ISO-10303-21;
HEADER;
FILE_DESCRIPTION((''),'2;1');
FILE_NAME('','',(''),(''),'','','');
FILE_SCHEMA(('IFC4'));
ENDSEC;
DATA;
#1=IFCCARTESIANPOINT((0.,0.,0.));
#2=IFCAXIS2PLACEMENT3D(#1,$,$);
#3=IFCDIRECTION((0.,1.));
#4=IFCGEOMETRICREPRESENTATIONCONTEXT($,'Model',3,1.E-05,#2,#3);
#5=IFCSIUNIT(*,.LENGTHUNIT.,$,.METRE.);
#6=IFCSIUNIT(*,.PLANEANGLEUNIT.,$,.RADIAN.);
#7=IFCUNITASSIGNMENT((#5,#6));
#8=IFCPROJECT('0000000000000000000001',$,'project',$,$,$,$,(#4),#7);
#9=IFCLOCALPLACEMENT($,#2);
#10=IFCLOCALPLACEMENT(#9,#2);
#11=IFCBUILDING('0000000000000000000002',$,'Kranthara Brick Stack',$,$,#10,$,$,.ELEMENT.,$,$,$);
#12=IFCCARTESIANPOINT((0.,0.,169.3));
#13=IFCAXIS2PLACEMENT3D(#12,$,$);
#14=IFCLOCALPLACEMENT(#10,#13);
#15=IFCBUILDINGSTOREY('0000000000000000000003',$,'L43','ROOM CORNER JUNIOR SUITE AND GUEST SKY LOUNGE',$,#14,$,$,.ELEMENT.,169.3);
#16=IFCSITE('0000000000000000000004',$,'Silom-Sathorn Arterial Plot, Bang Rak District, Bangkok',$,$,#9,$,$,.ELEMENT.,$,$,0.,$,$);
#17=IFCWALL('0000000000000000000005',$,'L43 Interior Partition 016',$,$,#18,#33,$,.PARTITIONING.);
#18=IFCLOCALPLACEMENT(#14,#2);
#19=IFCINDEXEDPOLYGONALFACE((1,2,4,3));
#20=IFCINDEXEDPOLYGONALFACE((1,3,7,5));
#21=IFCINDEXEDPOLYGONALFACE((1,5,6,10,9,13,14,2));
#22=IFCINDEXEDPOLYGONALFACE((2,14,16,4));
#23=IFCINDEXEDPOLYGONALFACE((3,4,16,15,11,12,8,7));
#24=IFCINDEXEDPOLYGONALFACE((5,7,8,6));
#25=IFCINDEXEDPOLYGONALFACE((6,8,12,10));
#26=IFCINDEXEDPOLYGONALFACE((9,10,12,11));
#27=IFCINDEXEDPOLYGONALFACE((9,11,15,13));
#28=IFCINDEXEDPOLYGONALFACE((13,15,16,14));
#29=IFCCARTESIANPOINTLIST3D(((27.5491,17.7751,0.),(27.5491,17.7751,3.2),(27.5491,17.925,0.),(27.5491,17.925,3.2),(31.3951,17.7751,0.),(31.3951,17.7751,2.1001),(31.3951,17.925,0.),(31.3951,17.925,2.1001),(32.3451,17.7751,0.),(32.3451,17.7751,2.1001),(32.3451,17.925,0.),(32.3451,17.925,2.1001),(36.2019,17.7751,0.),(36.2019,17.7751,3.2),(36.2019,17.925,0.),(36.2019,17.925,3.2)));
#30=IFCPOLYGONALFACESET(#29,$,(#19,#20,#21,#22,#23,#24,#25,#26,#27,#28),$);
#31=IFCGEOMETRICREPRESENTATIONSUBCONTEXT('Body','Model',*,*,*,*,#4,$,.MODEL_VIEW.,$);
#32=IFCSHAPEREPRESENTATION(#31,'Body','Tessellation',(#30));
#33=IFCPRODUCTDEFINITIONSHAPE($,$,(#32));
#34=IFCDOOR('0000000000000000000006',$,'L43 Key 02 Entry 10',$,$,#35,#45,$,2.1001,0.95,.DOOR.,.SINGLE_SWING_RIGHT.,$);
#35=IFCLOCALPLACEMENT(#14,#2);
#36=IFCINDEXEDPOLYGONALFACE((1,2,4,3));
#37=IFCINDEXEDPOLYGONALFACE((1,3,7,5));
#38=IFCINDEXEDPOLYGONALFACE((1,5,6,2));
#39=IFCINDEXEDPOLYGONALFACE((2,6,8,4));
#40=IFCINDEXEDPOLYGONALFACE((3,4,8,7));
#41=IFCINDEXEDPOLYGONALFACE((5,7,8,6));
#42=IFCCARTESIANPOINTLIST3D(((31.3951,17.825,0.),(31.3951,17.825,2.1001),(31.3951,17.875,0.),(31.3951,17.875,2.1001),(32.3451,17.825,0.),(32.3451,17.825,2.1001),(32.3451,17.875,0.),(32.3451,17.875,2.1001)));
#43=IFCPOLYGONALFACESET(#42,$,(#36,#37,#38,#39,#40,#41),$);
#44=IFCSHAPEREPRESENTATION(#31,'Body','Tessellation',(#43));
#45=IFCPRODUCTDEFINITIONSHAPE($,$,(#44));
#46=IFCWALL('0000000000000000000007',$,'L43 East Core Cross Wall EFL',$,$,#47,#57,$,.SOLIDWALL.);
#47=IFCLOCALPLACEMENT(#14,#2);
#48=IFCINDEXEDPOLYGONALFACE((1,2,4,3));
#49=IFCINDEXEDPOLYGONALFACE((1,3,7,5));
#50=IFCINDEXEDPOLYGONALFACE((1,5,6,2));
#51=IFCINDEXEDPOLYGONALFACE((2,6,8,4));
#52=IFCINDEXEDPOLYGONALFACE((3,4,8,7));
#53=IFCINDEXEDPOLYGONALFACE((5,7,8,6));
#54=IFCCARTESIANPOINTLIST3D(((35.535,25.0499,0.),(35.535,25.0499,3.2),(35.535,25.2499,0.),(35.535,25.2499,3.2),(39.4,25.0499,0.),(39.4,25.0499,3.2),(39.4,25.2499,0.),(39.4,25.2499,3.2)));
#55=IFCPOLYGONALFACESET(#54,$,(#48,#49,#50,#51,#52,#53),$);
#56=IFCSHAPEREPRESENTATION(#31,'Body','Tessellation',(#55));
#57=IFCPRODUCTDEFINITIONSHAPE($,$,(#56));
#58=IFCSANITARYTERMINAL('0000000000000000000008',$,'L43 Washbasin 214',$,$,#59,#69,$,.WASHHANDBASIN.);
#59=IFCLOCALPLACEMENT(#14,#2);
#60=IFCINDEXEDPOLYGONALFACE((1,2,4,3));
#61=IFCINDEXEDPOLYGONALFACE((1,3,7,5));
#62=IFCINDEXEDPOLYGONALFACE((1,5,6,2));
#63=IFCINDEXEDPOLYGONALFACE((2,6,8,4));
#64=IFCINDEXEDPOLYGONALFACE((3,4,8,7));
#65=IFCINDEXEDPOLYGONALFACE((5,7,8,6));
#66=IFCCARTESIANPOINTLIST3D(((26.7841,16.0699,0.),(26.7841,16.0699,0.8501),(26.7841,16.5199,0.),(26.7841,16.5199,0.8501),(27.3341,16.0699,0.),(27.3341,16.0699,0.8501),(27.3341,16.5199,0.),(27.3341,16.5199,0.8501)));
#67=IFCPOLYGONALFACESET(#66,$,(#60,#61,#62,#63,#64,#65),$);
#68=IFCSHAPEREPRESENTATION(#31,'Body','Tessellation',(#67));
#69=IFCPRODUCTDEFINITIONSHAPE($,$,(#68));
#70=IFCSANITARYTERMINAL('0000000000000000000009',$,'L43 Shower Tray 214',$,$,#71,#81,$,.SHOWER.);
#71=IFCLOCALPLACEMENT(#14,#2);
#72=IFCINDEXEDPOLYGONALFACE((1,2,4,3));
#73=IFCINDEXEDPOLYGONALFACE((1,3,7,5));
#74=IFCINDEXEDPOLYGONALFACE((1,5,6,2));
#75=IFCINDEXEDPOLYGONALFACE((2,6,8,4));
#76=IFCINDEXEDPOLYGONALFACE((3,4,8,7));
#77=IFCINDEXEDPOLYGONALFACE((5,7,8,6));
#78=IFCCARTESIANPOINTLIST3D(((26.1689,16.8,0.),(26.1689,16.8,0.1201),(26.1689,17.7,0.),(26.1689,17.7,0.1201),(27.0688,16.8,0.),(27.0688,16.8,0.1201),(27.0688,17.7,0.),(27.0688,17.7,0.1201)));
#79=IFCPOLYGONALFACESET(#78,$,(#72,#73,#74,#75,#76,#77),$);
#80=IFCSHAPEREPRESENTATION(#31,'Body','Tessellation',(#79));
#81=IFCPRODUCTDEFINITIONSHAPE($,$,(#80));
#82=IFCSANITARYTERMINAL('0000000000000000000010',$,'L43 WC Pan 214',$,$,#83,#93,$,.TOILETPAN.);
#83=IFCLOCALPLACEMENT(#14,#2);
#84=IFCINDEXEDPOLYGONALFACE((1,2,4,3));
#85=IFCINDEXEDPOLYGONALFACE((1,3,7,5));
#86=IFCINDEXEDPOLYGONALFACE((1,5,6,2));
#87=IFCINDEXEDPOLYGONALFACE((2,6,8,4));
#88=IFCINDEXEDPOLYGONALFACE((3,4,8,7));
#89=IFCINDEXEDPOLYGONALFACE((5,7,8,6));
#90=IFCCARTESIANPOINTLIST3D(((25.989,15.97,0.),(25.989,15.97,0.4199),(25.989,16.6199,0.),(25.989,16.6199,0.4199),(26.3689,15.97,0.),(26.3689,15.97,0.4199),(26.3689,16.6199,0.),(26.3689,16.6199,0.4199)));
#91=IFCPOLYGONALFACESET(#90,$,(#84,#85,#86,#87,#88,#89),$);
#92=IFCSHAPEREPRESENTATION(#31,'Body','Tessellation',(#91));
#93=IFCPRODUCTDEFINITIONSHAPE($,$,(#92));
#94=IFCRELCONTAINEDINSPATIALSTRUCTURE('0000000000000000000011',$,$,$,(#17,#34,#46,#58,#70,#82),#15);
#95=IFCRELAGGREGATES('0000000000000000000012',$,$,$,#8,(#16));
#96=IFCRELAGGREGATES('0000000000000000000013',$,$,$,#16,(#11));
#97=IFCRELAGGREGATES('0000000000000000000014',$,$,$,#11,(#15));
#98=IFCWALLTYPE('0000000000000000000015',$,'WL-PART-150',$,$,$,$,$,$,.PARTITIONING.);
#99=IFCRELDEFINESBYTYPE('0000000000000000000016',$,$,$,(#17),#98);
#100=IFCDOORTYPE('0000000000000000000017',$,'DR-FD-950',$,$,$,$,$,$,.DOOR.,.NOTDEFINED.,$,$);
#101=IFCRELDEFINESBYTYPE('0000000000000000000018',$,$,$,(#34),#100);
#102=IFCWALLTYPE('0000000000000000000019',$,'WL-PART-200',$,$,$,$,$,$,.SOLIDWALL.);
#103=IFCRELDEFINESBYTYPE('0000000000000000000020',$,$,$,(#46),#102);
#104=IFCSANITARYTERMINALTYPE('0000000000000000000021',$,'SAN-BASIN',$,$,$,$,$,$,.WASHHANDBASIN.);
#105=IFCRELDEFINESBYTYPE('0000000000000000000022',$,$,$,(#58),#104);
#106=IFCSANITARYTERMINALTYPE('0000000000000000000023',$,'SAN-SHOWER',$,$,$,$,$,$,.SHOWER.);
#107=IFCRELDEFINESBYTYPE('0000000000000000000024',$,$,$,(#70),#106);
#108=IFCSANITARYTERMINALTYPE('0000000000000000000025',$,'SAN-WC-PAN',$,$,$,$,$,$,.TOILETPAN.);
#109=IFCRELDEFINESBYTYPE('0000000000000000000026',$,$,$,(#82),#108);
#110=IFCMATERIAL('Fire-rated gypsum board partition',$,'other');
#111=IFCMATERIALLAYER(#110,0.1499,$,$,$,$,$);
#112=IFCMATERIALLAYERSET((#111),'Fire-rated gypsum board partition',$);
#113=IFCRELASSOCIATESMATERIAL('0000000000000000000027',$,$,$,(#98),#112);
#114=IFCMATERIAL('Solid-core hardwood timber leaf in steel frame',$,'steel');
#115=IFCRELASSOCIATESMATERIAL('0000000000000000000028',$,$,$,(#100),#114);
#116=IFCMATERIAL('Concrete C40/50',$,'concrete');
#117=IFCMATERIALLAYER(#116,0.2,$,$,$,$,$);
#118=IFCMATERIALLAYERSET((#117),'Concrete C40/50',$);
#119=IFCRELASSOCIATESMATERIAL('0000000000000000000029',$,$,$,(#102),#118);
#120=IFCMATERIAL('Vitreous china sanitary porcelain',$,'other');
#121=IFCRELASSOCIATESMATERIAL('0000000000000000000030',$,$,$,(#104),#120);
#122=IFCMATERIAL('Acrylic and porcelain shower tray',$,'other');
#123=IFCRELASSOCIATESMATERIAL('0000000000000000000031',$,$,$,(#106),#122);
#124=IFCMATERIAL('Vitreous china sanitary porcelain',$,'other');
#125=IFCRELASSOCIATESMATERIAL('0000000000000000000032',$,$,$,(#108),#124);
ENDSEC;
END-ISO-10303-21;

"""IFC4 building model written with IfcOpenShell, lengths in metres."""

from ifc_helpers import new_model, si_unit, direction, frame, frame_2d, origin, origin_2d, place, context, subcontext, project, spatial, rectangle, extrude, material, layer, layer_set, type_object, element, fill, save


model = new_model("IFC4")

# Units and contexts
model_context = context("Model", 3, precision=1e-05, world=origin(), true_north=direction((0.0, 1.0)))
body_context = subcontext(model_context, "Body", "Model", "MODEL_VIEW")
ifc_project = project(units=[si_unit("LENGTHUNIT", "METRE"), si_unit("PLANEANGLEUNIT", "RADIAN")], contexts=[model_context])

# Site, building, storey
site_placement = place(None, origin())
site = spatial("IfcSite", under=ifc_project, at=site_placement, Name="Silom-Sathorn Arterial Plot, Bang Rak District, Bangkok", CompositionType="ELEMENT", RefElevation=0.0)
building_placement = place(site_placement, origin())
building = spatial("IfcBuilding", under=site, at=building_placement, Name="Kranthara Brick Stack", CompositionType="ELEMENT")
storey_placement = place(building_placement, frame((0.0, 0.0, 169.3)))
storey = spatial("IfcBuildingStorey", under=building, at=storey_placement, Name="L43", Description="ROOM CORNER JUNIOR SUITE AND GUEST SKY LOUNGE", CompositionType="ELEMENT", Elevation=169.3)

# Shared definitions
ifc_material_1 = material(Name="Fire-rated gypsum board partition", Category="other")
ifc_layer_1 = layer(ifc_material_1, 0.1499)
ifc_layer_set_1 = layer_set([ifc_layer_1], Name="Fire-rated gypsum board partition")
wall_type_1 = type_object("IfcWallType", Name="WL-PART-150", PredefinedType="PARTITIONING", material=ifc_layer_set_1)

# Wall, opening, door
wall_1_placement = place(storey_placement, frame((27.5491, 17.8501, 0.0), z_axis=(0.0, 0.0, 1.0), x_axis=(1.0, 0.0, 0.0)))
wall_1 = element("IfcWall", 1, at=wall_1_placement, inside=storey, type_object=wall_type_1, Name="L43 Interior Partition 016", PredefinedType="PARTITIONING", context=body_context, shape_type="SweptSolid", body=[
    extrude(rectangle(XDim=8.6528, YDim=0.1499, at=frame_2d((4.3264, 0.0))), origin(), (0.0, 0.0, 1.0), 3.2),
])
opening_1_placement = place(wall_1_placement, frame((3.8459, 0.0, 0.0)))
opening_1 = element("IfcOpeningElement", 2, at=opening_1_placement, cuts=wall_1, PredefinedType="OPENING", context=body_context, shape_type="SweptSolid", body=[
    extrude(rectangle(XDim=0.95, YDim=2.1001, at=frame_2d((0.4751, 1.05))), frame((0.0, 0.085, 0.0), z_axis=(0.0, -1.0, 0.0), x_axis=(1.0, 0.0, 0.0)), (0.0, 0.0, 1.0), 0.1699),
])
ifc_material_2 = material(Name="Solid-core hardwood timber leaf in steel frame", Category="steel")
door_type_1 = type_object("IfcDoorType", Name="DR-FD-950", OperationType="NOTDEFINED", PredefinedType="DOOR", material=ifc_material_2)
door_1_placement = place(opening_1_placement, origin())
door_1 = element("IfcDoor", 3, at=door_1_placement, inside=storey, type_object=door_type_1, Name="L43 Key 02 Entry 10", OperationType="SINGLE_SWING_RIGHT", OverallHeight=2.1001, OverallWidth=0.95, PredefinedType="DOOR", context=body_context, shape_type="SweptSolid", body=[
    extrude(rectangle(XDim=0.95, YDim=2.1001, at=frame_2d((0.4751, 1.05))), frame((0.0, 0.0249, 0.0), z_axis=(0.0, -1.0, 0.0), x_axis=(1.0, 0.0, 0.0)), (0.0, 0.0, 1.0), 0.05),
])
fill(opening_1, door_1)

# Wall
ifc_material_3 = material(Name="Concrete C40/50", Category="concrete")
ifc_layer_2 = layer(ifc_material_3, 0.2)
ifc_layer_set_2 = layer_set([ifc_layer_2], Name="Concrete C40/50")
wall_type_2 = type_object("IfcWallType", Name="WL-PART-200", PredefinedType="SOLIDWALL", material=ifc_layer_set_2)
wall_2_placement = place(storey_placement, frame((35.5349, 25.1499, 0.0), z_axis=(0.0, 0.0, 1.0), x_axis=(1.0, 0.0, 0.0)))
element("IfcWall", 4, at=wall_2_placement, inside=storey, type_object=wall_type_2, Name="L43 East Core Cross Wall EFL", PredefinedType="SOLIDWALL", context=body_context, shape_type="SweptSolid", body=[
    extrude(rectangle(XDim=3.865, YDim=0.2, at=frame_2d((1.9326, 0.0))), origin(), (0.0, 0.0, 1.0), 3.2),
])

# Sanitary terminals
ifc_material_4 = material(Name="Vitreous china sanitary porcelain", Category="other")
sanitary_terminal_type_1 = type_object("IfcSanitaryTerminalType", Name="SAN-BASIN", PredefinedType="WASHHANDBASIN", material=ifc_material_4)
sanitary_terminal_1_placement = place(storey_placement, frame((27.0591, 16.2949, 0.0), z_axis=(0.0, 0.0, 1.0), x_axis=(1.0, 0.0, 0.0)))
element("IfcSanitaryTerminal", 5, at=sanitary_terminal_1_placement, inside=storey, type_object=sanitary_terminal_type_1, Name="L43 Washbasin 214", PredefinedType="WASHHANDBASIN", context=body_context, shape_type="SweptSolid", body=[
    extrude(rectangle(XDim=0.55, YDim=0.45, at=origin_2d()), origin(), (0.0, 0.0, 1.0), 0.8501),
])
ifc_material_5 = material(Name="Acrylic and porcelain shower tray", Category="other")
sanitary_terminal_type_2 = type_object("IfcSanitaryTerminalType", Name="SAN-SHOWER", PredefinedType="SHOWER", material=ifc_material_5)
sanitary_terminal_2_placement = place(storey_placement, frame((26.6189, 17.25, 0.0), z_axis=(0.0, 0.0, 1.0), x_axis=(1.0, 0.0, 0.0)))
element("IfcSanitaryTerminal", 6, at=sanitary_terminal_2_placement, inside=storey, type_object=sanitary_terminal_type_2, Name="L43 Shower Tray 214", PredefinedType="SHOWER", context=body_context, shape_type="SweptSolid", body=[
    extrude(rectangle(XDim=0.8999, YDim=0.8999, at=origin_2d()), origin(), (0.0, 0.0, 1.0), 0.1201),
])
ifc_material_6 = material(Name="Vitreous china sanitary porcelain", Category="other")
sanitary_terminal_type_3 = type_object("IfcSanitaryTerminalType", Name="SAN-WC-PAN", PredefinedType="TOILETPAN", material=ifc_material_6)
sanitary_terminal_3_placement = place(storey_placement, frame((26.179, 16.2949, 0.0), z_axis=(0.0, 0.0, 1.0), x_axis=(1.0, 0.0, 0.0)))
element("IfcSanitaryTerminal", 7, at=sanitary_terminal_3_placement, inside=storey, type_object=sanitary_terminal_type_3, Name="L43 WC Pan 214", PredefinedType="TOILETPAN", context=body_context, shape_type="SweptSolid", body=[
    extrude(rectangle(XDim=0.3799, YDim=0.6499, at=origin_2d()), origin(), (0.0, 0.0, 1.0), 0.4199),
])

save(model, "model.ifc")
